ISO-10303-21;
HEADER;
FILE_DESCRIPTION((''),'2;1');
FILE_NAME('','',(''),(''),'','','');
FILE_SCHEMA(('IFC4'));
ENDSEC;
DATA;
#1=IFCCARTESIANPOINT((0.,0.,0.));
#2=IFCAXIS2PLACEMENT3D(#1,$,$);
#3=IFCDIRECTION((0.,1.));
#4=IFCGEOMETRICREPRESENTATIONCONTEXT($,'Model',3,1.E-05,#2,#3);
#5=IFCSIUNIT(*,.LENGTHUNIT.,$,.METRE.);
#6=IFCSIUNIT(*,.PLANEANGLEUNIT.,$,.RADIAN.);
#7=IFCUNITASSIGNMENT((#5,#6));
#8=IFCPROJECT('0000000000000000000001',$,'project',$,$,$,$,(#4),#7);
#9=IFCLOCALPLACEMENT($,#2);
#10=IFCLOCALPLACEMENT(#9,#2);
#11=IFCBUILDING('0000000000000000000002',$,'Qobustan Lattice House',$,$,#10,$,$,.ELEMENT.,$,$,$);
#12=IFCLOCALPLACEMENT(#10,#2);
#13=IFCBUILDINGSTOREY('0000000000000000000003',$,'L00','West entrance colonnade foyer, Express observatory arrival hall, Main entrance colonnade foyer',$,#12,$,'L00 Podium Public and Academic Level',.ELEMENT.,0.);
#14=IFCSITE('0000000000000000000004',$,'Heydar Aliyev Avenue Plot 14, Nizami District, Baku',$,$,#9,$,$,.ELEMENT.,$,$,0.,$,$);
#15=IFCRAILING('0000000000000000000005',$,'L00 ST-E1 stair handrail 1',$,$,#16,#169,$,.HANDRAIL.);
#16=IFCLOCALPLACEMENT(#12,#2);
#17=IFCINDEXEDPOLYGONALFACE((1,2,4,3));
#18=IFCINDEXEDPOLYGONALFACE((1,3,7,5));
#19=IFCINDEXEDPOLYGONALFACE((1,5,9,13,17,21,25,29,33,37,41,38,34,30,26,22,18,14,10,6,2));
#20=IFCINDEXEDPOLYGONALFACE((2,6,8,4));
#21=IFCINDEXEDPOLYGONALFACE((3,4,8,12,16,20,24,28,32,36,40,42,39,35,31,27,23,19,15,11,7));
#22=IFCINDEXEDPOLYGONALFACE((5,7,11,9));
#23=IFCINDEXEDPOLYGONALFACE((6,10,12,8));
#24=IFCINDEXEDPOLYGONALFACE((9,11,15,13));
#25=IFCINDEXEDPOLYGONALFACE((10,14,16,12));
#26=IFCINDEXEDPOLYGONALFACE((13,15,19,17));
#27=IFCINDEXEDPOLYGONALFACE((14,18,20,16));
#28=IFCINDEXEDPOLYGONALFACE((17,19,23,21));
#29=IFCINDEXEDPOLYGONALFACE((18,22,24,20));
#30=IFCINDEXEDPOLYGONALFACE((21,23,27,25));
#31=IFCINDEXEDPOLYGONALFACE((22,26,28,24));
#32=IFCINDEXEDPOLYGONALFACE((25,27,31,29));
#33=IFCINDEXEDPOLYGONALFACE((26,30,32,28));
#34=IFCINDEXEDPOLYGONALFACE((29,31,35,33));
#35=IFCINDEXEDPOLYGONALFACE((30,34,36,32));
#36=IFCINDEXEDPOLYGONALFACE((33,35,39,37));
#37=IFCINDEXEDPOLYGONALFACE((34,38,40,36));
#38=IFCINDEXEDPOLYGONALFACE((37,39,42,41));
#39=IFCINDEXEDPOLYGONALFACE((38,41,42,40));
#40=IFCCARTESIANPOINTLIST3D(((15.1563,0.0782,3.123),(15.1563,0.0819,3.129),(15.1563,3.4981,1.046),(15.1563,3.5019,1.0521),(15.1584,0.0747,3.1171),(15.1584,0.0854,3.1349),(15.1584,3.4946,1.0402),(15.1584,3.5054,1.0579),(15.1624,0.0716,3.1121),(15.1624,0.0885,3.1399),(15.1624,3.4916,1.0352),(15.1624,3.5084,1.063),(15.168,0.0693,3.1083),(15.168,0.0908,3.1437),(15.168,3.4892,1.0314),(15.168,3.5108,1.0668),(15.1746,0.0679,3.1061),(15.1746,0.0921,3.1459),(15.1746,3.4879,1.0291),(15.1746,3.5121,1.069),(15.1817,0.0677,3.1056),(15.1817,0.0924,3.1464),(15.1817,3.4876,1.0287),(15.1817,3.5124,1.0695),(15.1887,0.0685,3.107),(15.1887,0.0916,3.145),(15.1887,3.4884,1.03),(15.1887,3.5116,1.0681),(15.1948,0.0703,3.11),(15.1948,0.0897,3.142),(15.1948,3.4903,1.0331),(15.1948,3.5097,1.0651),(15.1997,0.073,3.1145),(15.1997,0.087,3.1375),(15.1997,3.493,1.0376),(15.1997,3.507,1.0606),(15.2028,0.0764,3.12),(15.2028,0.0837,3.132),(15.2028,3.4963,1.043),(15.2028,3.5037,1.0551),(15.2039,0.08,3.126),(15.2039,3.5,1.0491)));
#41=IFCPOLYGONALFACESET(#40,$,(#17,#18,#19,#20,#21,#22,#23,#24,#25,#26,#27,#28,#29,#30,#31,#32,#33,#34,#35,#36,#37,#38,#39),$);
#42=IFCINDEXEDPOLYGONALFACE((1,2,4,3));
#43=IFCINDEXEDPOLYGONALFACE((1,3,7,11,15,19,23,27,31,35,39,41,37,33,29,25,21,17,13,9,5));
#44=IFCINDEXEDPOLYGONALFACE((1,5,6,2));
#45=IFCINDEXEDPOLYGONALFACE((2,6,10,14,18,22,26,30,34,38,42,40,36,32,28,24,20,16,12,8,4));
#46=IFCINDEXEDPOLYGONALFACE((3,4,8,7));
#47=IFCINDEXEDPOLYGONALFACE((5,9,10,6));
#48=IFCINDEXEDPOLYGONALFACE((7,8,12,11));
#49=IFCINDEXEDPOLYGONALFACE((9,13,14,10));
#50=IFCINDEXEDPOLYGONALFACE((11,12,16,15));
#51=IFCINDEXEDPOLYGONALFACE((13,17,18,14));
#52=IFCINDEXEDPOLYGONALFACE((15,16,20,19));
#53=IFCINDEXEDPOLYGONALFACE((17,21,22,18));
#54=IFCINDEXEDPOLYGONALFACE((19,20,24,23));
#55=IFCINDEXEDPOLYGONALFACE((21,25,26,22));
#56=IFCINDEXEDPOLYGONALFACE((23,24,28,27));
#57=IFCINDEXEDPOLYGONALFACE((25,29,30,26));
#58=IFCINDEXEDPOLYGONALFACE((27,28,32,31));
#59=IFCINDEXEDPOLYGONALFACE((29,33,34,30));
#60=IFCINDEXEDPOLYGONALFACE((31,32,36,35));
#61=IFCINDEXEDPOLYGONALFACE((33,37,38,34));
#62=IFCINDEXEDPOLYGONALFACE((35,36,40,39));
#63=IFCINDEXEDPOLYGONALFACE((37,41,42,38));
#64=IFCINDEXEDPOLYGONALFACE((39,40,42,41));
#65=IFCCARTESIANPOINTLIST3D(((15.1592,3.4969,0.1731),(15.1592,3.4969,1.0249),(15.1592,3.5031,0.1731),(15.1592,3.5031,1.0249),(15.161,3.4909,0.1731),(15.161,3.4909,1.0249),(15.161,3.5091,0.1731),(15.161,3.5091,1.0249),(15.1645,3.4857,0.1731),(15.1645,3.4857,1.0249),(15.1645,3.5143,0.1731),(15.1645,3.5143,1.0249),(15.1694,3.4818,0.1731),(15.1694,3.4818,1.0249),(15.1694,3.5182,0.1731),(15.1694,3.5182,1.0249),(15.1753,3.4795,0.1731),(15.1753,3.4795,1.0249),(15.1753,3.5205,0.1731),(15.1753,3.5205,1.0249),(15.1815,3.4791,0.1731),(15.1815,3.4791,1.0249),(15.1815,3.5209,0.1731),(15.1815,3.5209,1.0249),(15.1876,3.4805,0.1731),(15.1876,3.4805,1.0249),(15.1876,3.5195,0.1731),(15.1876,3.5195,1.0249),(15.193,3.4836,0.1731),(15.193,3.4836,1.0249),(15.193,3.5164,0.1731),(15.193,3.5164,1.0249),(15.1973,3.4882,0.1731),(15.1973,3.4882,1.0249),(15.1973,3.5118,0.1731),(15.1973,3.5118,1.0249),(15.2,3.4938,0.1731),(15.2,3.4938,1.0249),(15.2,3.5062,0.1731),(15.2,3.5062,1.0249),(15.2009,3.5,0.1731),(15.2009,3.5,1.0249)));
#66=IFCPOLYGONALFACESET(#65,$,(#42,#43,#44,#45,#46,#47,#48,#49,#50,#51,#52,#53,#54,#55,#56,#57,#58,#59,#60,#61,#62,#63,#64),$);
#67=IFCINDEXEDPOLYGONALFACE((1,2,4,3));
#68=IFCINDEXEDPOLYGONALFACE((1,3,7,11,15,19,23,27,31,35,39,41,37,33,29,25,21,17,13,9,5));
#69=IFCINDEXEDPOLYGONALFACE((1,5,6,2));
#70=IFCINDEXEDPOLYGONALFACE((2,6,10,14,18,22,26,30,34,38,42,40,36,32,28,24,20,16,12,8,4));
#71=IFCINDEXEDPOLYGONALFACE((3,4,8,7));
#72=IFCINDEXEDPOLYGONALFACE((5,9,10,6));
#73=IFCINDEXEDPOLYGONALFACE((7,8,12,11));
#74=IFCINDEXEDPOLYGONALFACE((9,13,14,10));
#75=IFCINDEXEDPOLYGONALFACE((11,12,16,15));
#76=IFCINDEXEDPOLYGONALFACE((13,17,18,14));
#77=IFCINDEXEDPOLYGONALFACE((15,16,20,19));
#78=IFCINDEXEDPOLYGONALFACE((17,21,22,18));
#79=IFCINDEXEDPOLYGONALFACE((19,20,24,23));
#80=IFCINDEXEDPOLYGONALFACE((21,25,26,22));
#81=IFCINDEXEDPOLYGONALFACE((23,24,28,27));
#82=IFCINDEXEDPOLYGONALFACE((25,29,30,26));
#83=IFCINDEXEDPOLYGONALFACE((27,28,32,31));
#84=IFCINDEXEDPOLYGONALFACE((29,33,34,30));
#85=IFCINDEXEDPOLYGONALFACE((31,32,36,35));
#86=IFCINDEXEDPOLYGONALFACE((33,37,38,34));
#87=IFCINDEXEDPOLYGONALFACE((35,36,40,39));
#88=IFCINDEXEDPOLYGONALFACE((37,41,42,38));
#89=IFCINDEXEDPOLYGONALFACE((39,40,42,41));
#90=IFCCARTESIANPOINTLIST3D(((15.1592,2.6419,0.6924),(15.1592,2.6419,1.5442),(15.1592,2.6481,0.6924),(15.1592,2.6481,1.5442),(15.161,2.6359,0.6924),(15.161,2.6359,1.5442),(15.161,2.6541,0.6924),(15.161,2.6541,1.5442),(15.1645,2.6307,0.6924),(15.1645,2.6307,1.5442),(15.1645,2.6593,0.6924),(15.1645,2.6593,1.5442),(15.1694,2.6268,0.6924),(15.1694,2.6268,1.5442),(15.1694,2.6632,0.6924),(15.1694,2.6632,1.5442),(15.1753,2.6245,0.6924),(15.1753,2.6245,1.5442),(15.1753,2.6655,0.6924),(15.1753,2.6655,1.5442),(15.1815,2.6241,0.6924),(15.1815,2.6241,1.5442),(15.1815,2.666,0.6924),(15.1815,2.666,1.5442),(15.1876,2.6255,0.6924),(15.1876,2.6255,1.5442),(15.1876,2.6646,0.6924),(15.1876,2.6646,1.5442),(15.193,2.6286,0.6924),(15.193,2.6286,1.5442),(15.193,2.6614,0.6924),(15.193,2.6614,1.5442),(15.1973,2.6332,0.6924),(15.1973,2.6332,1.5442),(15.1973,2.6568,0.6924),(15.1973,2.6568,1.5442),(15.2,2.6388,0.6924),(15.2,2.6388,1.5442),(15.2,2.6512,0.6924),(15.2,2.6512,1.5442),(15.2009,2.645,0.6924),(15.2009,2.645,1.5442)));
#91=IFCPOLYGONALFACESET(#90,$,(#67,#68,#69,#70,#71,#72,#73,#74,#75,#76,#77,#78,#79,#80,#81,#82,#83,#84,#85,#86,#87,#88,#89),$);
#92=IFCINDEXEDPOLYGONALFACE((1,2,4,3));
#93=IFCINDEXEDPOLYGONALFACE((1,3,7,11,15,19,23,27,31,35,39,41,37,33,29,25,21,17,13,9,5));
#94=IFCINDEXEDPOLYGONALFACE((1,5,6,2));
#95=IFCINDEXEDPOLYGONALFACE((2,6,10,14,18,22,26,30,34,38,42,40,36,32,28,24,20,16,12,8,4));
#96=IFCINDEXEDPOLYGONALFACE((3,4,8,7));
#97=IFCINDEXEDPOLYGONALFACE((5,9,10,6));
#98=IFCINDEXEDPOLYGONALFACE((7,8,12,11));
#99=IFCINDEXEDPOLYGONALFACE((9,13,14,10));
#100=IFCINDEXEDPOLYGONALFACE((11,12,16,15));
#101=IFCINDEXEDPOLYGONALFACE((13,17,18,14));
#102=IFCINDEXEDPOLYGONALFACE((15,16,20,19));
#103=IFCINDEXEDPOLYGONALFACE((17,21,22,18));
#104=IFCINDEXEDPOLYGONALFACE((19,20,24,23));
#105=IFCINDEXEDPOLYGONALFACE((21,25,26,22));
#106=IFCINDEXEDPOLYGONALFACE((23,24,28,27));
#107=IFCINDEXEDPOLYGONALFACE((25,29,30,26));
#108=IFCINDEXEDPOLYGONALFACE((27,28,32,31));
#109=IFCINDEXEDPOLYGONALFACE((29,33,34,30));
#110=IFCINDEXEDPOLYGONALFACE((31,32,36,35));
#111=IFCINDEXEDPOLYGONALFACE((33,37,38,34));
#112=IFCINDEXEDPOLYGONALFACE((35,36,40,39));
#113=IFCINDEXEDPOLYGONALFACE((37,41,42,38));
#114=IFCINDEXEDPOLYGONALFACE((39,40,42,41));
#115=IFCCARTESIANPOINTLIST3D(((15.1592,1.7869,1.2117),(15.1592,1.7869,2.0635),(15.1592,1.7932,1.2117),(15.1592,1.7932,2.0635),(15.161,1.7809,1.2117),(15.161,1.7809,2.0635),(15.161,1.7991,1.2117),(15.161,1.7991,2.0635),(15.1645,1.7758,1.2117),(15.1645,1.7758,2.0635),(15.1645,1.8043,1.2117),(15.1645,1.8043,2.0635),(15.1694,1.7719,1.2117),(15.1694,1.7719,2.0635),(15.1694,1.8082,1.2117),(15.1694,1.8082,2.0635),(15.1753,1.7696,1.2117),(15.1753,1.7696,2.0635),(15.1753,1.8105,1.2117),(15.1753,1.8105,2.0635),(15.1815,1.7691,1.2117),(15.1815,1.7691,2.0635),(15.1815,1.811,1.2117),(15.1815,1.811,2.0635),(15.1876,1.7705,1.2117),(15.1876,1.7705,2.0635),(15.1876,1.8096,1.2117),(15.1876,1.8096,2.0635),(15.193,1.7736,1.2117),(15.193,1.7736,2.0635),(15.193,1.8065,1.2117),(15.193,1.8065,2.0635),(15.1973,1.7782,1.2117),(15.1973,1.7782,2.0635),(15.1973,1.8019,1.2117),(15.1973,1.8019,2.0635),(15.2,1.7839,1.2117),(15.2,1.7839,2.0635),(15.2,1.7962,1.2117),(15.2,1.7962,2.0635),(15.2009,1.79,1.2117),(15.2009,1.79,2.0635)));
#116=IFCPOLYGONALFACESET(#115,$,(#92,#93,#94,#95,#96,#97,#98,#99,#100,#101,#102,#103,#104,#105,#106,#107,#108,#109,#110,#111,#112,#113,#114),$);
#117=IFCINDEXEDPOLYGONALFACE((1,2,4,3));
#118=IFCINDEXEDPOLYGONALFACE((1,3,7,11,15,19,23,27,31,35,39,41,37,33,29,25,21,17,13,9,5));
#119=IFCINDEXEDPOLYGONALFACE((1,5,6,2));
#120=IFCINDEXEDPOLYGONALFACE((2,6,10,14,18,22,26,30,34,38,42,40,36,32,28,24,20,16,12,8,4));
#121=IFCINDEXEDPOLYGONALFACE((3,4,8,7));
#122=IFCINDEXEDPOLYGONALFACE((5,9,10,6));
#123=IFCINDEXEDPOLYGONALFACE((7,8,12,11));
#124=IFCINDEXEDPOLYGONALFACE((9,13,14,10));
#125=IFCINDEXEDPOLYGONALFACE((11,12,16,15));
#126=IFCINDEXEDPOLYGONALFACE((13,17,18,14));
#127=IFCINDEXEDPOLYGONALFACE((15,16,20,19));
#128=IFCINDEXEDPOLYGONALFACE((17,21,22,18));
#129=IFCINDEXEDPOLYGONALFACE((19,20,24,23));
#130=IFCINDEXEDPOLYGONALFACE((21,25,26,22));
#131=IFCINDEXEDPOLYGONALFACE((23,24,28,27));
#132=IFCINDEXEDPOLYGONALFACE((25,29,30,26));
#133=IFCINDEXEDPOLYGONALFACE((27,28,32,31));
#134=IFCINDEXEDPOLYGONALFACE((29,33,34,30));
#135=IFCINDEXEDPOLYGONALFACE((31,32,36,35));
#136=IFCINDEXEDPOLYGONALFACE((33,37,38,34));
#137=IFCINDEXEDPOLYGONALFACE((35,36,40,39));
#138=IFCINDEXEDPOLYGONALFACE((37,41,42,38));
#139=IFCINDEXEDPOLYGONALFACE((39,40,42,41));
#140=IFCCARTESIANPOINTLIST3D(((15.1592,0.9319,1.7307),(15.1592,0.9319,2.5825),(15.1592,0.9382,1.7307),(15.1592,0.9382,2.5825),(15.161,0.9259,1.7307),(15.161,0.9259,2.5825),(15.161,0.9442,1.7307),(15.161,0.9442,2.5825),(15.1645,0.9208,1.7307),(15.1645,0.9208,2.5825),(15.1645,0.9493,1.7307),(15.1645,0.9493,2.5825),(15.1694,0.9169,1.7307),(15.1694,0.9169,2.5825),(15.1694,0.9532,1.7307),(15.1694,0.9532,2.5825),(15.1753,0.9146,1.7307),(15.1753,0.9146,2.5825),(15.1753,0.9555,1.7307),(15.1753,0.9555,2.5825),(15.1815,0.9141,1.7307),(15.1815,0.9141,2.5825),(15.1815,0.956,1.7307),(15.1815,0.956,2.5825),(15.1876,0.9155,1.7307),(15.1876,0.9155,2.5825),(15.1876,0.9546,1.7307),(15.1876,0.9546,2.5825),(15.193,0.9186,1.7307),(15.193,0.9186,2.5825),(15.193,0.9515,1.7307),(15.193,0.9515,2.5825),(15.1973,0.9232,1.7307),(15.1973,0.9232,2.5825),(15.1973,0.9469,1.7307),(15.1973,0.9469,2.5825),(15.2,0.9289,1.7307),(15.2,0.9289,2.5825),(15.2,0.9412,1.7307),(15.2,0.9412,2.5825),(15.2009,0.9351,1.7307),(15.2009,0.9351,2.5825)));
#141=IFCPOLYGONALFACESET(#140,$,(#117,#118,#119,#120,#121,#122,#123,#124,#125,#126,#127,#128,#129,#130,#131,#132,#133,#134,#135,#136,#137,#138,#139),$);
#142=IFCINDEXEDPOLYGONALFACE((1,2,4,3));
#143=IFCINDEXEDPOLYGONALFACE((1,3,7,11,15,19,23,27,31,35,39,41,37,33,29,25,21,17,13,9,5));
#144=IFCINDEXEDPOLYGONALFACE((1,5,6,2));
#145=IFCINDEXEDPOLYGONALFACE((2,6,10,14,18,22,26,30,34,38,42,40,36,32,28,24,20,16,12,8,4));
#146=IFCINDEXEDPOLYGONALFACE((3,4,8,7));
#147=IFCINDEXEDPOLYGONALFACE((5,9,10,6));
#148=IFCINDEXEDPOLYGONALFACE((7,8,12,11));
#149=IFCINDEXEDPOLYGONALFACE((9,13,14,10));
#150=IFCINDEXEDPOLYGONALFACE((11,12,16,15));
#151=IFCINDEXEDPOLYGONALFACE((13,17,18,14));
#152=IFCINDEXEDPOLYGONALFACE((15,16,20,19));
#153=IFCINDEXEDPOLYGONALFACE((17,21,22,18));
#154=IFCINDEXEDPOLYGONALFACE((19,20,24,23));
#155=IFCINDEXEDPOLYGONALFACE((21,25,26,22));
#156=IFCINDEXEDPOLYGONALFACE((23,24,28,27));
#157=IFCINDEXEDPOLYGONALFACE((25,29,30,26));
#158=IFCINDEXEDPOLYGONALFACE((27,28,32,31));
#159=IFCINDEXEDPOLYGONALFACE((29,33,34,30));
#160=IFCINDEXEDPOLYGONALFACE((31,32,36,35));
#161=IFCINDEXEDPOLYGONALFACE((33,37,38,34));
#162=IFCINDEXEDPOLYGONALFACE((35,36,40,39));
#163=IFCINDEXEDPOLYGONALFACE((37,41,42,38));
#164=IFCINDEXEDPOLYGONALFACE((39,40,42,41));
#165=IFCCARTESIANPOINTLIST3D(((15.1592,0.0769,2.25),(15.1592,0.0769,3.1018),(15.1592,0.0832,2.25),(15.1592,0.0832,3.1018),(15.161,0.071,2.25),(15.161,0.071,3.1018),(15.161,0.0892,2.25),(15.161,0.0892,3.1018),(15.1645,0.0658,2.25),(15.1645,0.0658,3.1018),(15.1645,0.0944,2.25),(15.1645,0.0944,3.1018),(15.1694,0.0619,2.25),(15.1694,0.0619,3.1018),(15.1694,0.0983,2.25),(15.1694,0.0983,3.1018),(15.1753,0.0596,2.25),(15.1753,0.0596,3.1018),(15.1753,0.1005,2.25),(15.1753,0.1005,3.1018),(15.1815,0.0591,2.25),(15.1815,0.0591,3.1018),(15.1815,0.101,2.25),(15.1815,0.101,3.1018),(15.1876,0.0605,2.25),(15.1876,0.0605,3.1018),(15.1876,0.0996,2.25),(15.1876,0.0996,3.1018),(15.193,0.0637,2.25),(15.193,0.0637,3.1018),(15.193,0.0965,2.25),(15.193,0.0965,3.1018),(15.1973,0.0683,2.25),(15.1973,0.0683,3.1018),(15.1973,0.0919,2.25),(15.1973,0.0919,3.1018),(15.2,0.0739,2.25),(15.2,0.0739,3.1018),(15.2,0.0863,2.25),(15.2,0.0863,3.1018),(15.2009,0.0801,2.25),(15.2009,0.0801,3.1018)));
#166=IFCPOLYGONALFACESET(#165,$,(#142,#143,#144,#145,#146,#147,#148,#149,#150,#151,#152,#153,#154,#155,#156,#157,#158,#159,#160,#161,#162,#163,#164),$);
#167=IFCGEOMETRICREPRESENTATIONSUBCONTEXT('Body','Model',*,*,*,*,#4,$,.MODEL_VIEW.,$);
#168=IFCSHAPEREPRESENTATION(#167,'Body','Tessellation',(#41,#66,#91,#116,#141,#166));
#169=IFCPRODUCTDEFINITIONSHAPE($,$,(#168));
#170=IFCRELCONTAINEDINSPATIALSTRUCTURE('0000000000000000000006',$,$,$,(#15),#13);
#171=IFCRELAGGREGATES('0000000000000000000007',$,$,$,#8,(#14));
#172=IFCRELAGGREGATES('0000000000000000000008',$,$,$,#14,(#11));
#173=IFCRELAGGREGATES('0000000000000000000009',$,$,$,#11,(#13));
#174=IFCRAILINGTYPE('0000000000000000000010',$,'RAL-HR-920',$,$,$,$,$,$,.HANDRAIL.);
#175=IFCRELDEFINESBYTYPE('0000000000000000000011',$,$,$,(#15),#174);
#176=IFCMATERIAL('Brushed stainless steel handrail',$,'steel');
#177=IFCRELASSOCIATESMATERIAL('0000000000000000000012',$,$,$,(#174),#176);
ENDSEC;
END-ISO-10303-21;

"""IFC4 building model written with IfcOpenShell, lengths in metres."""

from ifc_helpers import new_model, si_unit, direction, frame, origin, origin_2d, place, context, subcontext, project, spatial, circle, extrude, material, type_object, element, save


model = new_model("IFC4")

# Units and contexts
model_context = context("Model", 3, precision=1e-05, world=origin(), true_north=direction((0.0, 1.0)))
body_context = subcontext(model_context, "Body", "Model", "MODEL_VIEW")
ifc_project = project(units=[si_unit("LENGTHUNIT", "METRE"), si_unit("PLANEANGLEUNIT", "RADIAN")], contexts=[model_context])

# Site, building, storey
site_placement = place(None, origin())
site = spatial("IfcSite", under=ifc_project, at=site_placement, Name="Heydar Aliyev Avenue Plot 14, Nizami District, Baku", CompositionType="ELEMENT", RefElevation=0.0)
building_placement = place(site_placement, origin())
building = spatial("IfcBuilding", under=site, at=building_placement, Name="Qobustan Lattice House", CompositionType="ELEMENT")
storey_placement = place(building_placement, origin())
storey = spatial("IfcBuildingStorey", under=building, at=storey_placement, Name="L00", Description="West entrance colonnade foyer, Express observatory arrival hall, Main entrance colonnade foyer", LongName="L00 Podium Public and Academic Level", CompositionType="ELEMENT", Elevation=0.0)

# Railing
ifc_material_1 = material(Name="Brushed stainless steel handrail", Category="steel")
railing_type = type_object("IfcRailingType", Name="RAL-HR-920", PredefinedType="HANDRAIL", material=ifc_material_1)
railing_placement = place(storey_placement, frame((15.1799, 3.5, 0.1731)))
element("IfcRailing", 1, at=railing_placement, inside=storey, type_object=railing_type, Name="L00 ST-E1 stair handrail 1", PredefinedType="HANDRAIL", context=body_context, shape_type="SweptSolid", body=[
    extrude(circle(Radius=0.0239, at=origin_2d()), frame((0.0, 0.0, 0.876), z_axis=(0.0, -0.85473, 0.519074), x_axis=(1.0, 0.0, 0.0)), (0.0, 0.0, 1.0), 4.0012),
    extrude(circle(Radius=0.021, at=origin_2d()), origin(), (0.0, 0.0, 1.0), 0.8518),
    extrude(circle(Radius=0.021, at=origin_2d()), frame((0.0, -0.855, 0.5193)), (0.0, 0.0, 1.0), 0.8518),
    extrude(circle(Radius=0.021, at=origin_2d()), frame((0.0, -1.71, 1.0386)), (0.0, 0.0, 1.0), 0.8518),
    extrude(circle(Radius=0.021, at=origin_2d()), frame((0.0, -2.5649, 1.5576)), (0.0, 0.0, 1.0), 0.8518),
    extrude(circle(Radius=0.021, at=origin_2d()), frame((0.0, -3.4199, 2.0769)), (0.0, 0.0, 1.0), 0.8518),
])

save(model, "model.ifc")
